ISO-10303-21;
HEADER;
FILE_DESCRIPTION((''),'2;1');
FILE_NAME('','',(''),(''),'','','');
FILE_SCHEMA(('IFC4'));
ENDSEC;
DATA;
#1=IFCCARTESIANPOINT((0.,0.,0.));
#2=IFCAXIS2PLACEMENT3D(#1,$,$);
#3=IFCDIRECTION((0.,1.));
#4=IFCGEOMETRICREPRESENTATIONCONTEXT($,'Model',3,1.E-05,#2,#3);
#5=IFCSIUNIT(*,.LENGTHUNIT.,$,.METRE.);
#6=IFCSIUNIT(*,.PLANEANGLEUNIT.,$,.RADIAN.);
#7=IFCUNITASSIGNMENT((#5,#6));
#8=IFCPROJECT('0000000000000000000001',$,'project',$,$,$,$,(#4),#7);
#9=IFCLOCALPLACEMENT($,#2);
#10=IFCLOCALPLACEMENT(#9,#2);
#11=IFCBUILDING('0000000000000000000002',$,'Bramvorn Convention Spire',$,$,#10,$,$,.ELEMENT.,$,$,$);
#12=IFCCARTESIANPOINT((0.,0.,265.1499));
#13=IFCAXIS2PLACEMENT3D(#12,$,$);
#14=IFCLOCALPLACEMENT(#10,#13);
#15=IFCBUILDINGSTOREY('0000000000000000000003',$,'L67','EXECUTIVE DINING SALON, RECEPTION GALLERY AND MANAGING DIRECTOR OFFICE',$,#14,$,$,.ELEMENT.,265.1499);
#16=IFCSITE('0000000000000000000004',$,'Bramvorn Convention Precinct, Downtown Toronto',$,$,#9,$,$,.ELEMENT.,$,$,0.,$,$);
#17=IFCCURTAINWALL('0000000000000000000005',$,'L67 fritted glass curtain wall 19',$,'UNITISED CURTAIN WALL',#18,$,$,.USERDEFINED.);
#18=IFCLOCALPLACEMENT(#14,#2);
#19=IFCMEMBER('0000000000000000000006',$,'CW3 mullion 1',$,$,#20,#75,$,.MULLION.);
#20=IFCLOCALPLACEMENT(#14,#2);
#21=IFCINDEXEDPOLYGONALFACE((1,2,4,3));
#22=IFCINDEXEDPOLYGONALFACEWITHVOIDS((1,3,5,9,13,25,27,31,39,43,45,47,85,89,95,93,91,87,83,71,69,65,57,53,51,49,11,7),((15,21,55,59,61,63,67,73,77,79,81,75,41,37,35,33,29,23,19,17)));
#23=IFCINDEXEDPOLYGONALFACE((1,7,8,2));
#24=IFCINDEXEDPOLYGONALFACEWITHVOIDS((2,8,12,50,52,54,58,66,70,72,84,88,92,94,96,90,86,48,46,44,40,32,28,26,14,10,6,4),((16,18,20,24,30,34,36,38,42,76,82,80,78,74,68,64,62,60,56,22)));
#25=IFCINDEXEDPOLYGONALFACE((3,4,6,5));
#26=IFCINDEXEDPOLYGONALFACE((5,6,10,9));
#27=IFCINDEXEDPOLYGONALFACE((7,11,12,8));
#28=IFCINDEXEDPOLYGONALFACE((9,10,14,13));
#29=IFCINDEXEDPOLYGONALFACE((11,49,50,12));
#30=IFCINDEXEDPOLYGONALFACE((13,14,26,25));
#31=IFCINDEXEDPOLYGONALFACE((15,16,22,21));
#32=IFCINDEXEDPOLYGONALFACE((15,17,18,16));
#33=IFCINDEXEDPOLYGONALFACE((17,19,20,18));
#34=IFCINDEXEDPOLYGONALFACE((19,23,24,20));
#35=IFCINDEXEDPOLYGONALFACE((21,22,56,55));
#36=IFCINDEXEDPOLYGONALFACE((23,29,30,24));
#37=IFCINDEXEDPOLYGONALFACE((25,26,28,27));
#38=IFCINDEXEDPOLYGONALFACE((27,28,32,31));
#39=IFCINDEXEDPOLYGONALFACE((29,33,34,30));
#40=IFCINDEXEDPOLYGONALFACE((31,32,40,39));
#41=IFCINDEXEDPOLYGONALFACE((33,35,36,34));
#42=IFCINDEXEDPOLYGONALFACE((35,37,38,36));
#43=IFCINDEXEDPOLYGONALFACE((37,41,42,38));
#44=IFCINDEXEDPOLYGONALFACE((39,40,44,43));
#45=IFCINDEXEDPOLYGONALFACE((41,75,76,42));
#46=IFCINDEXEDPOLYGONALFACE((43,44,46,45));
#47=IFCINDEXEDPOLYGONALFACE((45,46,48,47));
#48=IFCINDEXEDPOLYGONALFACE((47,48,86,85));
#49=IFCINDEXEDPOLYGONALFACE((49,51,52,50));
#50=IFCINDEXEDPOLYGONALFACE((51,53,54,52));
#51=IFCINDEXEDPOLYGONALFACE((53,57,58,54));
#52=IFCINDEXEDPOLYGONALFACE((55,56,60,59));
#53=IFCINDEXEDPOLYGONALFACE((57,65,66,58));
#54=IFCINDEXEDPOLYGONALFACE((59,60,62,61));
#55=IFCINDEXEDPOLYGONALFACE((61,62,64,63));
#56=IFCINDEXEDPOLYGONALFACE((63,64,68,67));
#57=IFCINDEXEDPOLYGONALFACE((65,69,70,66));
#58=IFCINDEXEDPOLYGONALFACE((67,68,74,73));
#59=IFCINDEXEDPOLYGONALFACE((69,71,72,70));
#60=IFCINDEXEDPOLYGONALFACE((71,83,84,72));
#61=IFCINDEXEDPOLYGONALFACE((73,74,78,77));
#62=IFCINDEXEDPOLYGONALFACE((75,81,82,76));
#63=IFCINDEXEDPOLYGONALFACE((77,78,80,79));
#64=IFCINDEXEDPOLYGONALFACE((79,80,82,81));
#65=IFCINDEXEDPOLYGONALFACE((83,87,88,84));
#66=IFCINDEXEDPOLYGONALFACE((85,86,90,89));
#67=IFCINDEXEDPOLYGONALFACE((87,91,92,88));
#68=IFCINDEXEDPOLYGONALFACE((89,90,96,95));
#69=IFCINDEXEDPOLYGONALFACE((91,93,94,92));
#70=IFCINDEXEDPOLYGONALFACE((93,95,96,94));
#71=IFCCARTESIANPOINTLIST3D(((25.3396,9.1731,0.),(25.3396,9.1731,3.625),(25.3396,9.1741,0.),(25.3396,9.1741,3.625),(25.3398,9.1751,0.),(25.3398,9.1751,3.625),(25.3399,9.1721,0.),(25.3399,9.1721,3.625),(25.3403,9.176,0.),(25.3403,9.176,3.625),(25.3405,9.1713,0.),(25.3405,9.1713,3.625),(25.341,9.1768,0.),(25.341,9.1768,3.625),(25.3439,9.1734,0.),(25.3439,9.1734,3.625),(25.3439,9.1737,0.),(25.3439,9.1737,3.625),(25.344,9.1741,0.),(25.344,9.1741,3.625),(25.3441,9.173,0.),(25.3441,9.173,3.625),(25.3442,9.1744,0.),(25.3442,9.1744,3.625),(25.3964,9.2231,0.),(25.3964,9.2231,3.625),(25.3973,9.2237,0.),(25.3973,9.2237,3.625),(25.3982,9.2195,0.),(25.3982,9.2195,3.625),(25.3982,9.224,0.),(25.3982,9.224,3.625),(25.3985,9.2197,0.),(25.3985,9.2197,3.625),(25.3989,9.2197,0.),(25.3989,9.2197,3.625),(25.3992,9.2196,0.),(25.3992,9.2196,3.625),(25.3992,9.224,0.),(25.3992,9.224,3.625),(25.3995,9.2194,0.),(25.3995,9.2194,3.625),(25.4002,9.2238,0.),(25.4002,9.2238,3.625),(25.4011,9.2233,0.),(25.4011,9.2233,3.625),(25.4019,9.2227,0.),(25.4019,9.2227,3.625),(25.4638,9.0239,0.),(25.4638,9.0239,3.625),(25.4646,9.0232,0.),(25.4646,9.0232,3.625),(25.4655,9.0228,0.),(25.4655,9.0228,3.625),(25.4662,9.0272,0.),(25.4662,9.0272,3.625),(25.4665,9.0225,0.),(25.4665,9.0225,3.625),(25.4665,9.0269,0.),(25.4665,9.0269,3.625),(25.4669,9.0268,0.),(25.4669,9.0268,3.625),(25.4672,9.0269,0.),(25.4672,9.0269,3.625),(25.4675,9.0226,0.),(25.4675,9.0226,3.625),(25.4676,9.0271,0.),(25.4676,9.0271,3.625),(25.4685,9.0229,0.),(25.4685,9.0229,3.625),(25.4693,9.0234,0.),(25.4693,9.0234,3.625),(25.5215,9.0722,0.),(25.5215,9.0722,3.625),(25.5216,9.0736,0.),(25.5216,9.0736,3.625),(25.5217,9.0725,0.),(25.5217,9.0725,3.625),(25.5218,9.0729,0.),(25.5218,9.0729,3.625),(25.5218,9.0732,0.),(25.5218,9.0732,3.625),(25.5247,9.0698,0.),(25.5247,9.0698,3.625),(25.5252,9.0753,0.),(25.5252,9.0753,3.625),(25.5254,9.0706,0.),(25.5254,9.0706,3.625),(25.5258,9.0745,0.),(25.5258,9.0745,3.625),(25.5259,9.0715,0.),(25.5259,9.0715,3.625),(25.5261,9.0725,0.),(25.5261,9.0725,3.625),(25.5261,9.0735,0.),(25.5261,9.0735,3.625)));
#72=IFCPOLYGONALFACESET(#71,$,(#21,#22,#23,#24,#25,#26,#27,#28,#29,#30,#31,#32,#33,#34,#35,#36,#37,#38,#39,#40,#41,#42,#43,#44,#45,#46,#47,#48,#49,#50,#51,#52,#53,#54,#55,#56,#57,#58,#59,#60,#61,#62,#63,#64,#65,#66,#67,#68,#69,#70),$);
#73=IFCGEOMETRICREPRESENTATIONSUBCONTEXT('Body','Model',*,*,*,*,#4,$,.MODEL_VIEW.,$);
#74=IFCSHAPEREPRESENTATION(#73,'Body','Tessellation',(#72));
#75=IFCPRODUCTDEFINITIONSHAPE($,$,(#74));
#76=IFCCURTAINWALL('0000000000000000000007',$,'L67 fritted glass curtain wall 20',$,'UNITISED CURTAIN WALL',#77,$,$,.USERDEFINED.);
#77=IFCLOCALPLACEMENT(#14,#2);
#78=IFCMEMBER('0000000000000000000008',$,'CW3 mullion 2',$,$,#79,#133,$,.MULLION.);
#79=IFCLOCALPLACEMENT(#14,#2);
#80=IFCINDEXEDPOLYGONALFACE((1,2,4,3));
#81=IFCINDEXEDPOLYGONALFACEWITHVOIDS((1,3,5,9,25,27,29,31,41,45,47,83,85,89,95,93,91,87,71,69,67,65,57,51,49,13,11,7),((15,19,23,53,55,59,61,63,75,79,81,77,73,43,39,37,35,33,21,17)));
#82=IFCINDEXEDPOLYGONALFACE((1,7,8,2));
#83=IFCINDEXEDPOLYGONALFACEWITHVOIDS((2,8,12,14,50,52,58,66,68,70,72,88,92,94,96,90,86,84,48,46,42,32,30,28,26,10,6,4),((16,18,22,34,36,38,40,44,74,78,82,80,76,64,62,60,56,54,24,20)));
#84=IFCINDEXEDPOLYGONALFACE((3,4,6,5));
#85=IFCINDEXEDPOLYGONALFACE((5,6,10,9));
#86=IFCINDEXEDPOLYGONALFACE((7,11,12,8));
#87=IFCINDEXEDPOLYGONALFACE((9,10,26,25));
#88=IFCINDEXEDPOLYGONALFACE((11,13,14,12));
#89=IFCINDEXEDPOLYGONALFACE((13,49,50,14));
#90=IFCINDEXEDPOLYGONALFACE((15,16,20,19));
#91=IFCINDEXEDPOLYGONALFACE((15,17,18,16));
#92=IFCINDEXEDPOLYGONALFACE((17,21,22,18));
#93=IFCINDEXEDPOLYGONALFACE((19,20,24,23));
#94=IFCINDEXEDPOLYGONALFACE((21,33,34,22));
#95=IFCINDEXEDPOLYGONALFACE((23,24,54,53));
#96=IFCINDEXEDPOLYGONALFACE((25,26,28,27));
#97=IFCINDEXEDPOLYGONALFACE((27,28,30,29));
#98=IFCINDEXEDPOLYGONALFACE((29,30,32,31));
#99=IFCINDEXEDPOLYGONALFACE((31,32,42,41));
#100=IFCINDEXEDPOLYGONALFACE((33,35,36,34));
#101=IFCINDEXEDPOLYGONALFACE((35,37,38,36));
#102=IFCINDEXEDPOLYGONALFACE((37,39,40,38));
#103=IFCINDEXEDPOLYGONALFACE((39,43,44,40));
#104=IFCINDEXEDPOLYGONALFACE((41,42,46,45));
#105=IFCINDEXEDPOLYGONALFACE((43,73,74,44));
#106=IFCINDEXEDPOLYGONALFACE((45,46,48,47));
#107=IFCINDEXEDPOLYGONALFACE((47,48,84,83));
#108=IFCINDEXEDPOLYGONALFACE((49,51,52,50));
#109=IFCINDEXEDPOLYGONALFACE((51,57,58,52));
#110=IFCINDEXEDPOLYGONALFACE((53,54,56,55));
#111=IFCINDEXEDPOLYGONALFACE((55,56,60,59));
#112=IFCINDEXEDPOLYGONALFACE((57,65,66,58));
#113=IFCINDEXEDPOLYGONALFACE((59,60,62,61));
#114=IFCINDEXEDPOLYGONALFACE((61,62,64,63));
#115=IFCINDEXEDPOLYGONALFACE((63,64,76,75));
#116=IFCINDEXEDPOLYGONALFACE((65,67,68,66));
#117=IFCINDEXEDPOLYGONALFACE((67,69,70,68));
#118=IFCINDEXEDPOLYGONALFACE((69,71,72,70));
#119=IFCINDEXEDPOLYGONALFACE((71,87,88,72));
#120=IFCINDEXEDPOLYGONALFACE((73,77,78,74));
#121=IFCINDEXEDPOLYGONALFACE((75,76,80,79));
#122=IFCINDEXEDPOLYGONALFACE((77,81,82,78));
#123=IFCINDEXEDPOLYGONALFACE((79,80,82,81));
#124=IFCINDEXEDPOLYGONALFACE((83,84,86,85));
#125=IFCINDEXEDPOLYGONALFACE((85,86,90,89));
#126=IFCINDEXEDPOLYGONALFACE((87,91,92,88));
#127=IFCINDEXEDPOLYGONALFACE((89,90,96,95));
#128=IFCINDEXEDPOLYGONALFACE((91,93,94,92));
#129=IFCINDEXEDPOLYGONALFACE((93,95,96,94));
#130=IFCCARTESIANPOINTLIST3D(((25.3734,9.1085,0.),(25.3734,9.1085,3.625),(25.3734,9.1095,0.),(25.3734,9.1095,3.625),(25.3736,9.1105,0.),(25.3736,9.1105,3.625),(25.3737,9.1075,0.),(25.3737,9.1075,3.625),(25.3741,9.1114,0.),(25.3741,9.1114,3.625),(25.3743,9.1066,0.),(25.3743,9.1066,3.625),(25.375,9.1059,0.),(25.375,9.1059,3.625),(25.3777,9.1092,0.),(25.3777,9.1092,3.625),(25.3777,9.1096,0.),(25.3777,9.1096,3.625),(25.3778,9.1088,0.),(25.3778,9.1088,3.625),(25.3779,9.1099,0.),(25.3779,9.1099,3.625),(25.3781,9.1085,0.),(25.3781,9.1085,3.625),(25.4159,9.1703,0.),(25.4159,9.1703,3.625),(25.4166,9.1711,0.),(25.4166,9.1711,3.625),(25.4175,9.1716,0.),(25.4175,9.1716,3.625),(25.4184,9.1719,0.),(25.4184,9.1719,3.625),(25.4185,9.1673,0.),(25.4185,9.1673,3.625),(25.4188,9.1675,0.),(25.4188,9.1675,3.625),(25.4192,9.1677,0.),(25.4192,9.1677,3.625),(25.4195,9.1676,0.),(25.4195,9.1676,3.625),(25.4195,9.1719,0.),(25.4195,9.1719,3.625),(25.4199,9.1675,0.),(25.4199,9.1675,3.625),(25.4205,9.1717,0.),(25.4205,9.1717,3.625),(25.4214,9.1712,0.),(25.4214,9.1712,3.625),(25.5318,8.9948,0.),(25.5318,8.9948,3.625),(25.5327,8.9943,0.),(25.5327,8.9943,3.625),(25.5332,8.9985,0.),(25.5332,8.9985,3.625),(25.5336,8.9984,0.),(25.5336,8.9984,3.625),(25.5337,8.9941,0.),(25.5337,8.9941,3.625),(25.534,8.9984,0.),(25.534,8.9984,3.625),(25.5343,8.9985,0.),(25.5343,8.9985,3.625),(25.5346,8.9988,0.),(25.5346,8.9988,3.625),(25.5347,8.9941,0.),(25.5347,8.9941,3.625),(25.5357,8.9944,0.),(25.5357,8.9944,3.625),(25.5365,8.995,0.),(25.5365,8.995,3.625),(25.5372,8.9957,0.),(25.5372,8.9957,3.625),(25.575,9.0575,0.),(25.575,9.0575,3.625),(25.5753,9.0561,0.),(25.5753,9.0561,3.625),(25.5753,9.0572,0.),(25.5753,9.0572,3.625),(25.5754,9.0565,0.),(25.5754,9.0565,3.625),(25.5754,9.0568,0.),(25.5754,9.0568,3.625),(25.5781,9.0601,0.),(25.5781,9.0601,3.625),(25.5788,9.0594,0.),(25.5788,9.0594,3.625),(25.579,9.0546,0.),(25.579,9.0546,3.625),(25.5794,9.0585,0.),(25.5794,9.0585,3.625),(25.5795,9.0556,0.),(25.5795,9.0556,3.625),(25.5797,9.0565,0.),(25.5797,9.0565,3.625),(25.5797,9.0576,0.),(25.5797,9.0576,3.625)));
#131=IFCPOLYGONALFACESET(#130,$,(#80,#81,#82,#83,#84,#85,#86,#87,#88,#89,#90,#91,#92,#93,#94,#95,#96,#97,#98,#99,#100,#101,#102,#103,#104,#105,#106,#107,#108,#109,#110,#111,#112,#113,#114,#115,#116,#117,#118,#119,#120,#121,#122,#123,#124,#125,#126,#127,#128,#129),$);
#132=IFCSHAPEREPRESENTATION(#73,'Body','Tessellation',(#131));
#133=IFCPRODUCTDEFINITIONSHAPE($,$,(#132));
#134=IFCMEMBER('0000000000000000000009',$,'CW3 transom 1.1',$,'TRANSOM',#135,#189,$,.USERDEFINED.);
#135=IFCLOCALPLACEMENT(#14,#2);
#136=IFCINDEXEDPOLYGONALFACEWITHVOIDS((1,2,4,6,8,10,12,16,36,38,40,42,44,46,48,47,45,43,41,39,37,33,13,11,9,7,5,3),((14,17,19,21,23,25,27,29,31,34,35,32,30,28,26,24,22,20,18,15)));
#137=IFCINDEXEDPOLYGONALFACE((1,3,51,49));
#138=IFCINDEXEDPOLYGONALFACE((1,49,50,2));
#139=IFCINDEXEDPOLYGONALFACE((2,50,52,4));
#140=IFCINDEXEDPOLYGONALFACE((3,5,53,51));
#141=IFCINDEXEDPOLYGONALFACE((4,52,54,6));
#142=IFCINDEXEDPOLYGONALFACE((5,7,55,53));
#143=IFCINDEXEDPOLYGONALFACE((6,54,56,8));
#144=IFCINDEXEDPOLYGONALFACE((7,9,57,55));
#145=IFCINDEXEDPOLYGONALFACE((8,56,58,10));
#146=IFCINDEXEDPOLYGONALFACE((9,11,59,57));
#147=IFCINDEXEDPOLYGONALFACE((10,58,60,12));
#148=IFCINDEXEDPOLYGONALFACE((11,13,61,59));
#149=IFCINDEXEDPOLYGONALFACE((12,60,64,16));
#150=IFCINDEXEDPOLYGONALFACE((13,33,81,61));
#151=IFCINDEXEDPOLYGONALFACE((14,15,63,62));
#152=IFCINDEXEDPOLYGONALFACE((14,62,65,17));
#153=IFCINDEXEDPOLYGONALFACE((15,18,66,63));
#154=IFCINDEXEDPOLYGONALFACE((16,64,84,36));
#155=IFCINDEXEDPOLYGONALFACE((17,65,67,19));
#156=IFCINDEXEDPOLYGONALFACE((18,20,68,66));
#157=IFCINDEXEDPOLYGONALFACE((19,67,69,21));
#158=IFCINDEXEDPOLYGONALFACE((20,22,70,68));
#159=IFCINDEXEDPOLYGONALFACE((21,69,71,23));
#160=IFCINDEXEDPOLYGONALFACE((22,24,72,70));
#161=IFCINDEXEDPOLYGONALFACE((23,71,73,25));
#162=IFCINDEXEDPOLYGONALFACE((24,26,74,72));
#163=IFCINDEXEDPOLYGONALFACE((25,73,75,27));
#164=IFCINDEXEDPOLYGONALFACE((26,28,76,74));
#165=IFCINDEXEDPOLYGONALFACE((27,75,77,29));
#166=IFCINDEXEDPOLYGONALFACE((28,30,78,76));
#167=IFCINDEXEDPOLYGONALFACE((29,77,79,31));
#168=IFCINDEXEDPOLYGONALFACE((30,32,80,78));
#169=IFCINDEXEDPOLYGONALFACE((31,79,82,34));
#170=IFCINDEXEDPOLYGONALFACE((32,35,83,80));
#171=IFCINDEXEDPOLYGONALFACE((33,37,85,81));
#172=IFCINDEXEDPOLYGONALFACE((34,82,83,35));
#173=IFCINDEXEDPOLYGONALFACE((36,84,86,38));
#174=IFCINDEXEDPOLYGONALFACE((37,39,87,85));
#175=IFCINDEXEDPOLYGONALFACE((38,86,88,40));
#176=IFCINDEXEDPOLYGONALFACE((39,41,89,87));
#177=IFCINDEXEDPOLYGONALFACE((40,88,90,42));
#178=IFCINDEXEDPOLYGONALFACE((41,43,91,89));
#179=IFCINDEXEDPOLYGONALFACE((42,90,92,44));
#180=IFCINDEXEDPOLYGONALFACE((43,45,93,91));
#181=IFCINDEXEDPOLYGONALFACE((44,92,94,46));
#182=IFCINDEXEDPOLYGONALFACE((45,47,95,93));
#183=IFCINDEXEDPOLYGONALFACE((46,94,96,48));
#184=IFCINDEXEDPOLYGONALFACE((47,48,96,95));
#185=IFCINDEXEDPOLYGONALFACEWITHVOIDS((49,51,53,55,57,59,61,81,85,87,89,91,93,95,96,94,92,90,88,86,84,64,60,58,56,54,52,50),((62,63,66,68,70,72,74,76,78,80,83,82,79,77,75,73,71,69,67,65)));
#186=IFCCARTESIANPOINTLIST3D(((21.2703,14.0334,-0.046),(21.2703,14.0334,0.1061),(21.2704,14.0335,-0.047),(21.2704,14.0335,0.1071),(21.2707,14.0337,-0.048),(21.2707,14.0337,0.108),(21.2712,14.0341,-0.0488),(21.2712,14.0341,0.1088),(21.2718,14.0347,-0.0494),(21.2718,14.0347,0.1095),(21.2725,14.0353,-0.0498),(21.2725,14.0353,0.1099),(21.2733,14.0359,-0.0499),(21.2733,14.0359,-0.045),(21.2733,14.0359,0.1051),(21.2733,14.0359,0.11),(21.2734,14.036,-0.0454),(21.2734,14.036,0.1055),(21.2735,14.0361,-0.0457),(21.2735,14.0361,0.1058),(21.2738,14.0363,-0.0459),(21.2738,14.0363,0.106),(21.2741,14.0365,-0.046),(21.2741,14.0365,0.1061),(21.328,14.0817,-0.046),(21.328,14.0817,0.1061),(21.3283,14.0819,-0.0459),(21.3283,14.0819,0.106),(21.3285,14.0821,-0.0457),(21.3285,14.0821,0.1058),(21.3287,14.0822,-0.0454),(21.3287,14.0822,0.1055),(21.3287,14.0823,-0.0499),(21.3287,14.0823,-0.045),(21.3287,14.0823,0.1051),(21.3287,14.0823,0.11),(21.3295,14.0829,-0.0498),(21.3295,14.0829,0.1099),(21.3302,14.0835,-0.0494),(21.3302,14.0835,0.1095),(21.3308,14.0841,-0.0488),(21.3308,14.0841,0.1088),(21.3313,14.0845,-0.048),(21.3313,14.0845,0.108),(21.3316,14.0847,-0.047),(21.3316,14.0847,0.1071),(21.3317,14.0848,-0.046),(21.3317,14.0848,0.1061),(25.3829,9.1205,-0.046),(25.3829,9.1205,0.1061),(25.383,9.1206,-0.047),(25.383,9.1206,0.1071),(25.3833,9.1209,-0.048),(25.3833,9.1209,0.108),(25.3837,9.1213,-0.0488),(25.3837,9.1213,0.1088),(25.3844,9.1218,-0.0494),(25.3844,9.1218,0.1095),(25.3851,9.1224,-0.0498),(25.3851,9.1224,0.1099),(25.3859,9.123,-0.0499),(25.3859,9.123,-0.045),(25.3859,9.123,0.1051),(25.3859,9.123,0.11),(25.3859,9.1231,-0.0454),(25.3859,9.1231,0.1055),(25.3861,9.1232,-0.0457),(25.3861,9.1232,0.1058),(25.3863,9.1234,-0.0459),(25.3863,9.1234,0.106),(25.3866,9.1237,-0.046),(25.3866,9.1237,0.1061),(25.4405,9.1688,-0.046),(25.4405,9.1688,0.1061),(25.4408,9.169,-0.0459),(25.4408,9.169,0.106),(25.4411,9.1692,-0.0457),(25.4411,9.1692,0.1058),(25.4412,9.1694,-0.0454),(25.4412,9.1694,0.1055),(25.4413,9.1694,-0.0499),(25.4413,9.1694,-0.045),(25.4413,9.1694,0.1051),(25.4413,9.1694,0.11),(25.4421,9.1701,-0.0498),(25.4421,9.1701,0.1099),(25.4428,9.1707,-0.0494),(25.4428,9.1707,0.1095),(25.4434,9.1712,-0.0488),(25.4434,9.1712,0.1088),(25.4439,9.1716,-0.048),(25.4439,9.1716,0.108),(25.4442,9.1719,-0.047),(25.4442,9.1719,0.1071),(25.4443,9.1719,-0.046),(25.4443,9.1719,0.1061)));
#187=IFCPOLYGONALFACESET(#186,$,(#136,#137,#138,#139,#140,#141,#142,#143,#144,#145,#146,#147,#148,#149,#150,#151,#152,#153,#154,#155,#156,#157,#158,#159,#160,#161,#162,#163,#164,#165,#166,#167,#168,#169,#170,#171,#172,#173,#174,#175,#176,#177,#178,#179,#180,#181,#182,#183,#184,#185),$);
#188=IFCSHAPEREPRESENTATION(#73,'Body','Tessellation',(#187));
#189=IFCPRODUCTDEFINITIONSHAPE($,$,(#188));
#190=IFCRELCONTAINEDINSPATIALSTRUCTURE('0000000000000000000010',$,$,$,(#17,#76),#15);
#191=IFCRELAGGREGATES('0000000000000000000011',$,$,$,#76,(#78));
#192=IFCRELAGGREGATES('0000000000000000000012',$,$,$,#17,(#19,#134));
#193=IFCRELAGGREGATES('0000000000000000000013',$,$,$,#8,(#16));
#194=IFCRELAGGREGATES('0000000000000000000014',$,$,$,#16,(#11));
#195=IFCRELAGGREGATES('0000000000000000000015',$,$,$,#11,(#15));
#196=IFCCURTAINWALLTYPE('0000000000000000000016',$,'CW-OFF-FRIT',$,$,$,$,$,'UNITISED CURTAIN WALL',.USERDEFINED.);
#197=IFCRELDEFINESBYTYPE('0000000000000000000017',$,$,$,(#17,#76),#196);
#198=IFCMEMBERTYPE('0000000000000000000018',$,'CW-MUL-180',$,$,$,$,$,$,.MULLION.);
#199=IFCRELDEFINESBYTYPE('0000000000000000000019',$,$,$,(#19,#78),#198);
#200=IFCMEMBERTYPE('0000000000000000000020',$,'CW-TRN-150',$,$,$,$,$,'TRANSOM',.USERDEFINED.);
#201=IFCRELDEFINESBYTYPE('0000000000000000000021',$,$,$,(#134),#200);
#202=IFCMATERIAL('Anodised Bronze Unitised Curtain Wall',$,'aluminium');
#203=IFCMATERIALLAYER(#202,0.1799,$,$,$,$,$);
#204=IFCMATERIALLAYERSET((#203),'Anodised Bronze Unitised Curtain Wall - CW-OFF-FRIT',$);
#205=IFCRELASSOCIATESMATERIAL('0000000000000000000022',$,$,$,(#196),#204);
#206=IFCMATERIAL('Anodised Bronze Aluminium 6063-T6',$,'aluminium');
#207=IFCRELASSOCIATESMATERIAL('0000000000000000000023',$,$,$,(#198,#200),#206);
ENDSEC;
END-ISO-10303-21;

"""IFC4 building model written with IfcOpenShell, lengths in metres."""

from ifc_helpers import new_model, si_unit, direction, frame, origin, origin_2d, place, context, subcontext, project, spatial, hollow_rectangle, extrude, material, layer, layer_set, material_profile, profile_set, type_object, element, aggregate, save


model = new_model("IFC4")

# Units and contexts
model_context = context("Model", 3, precision=1e-05, world=origin(), true_north=direction((0.0, 1.0)))
body_context = subcontext(model_context, "Body", "Model", "MODEL_VIEW")
ifc_project = project(units=[si_unit("LENGTHUNIT", "METRE"), si_unit("PLANEANGLEUNIT", "RADIAN")], contexts=[model_context])

# Site, building, storey
site_placement = place(None, origin())
site = spatial("IfcSite", under=ifc_project, at=site_placement, Name="Bramvorn Convention Precinct, Downtown Toronto", CompositionType="ELEMENT", RefElevation=0.0)
building_placement = place(site_placement, origin())
building = spatial("IfcBuilding", under=site, at=building_placement, Name="Bramvorn Convention Spire", CompositionType="ELEMENT")
storey_placement = place(building_placement, frame((0.0, 0.0, 265.1499)))
storey = spatial("IfcBuildingStorey", under=building, at=storey_placement, Name="L67", Description="EXECUTIVE DINING SALON, RECEPTION GALLERY AND MANAGING DIRECTOR OFFICE", CompositionType="ELEMENT", Elevation=265.1499)

# Curtain walls, members
ifc_material_1 = material(Name="Anodised Bronze Unitised Curtain Wall", Category="aluminium")
ifc_layer_1 = layer(ifc_material_1, 0.1799)
ifc_layer_set_1 = layer_set([ifc_layer_1], Name="Anodised Bronze Unitised Curtain Wall - CW-OFF-FRIT")
curtain_wall_type = type_object("IfcCurtainWallType", Name="CW-OFF-FRIT", ElementType="UNITISED CURTAIN WALL", PredefinedType="USERDEFINED", material=ifc_layer_set_1)
curtain_wall_1_placement = place(storey_placement, origin())
curtain_wall_1 = element("IfcCurtainWall", 1, at=curtain_wall_1_placement, inside=storey, type_object=curtain_wall_type, Name="L67 fritted glass curtain wall 19", ObjectType="UNITISED CURTAIN WALL", PredefinedType="USERDEFINED")
ifc_material_2 = material(Name="Anodised Bronze Aluminium 6063-T6", Category="aluminium")
ifc_material_profile_1 = material_profile(ifc_material_2, hollow_rectangle(XDim=0.0801, YDim=0.2, WallThickness=0.0039, InnerFilletRadius=0.001, OuterFilletRadius=0.0039, at=origin_2d()))
ifc_profile_set_1 = profile_set([ifc_material_profile_1], Name="Anodised Bronze Aluminium 6063-T6 - CWM80X200")
member_type_1 = type_object("IfcMemberType", Name="CW-MUL-180", PredefinedType="MULLION", material=ifc_profile_set_1)
member_1_placement = place(storey_placement, frame((25.4329, 9.1233, 0.0), z_axis=(0.0, 0.0, 1.0), x_axis=(-0.766807, -0.641878, 0.0)))
member_1 = element("IfcMember", 2, at=member_1_placement, type_object=member_type_1, Name="CW3 mullion 1", PredefinedType="MULLION", context=body_context, shape_type="SweptSolid", body=[
    extrude(hollow_rectangle(XDim=0.0801, YDim=0.2, WallThickness=0.0039, InnerFilletRadius=0.001, OuterFilletRadius=0.0039, at=origin_2d()), origin(), (0.0, 0.0, 1.0), 3.625),
])
curtain_wall_2_placement = place(storey_placement, origin())
curtain_wall_2 = element("IfcCurtainWall", 3, at=curtain_wall_2_placement, inside=storey, type_object=curtain_wall_type, Name="L67 fritted glass curtain wall 20", ObjectType="UNITISED CURTAIN WALL", PredefinedType="USERDEFINED")
member_2_placement = place(storey_placement, frame((25.4766, 9.083, 0.0), z_axis=(0.0, 0.0, 1.0), x_axis=(-0.578472, -0.815702, 0.0)))
member_2 = element("IfcMember", 4, at=member_2_placement, type_object=member_type_1, Name="CW3 mullion 2", PredefinedType="MULLION", context=body_context, shape_type="SweptSolid", body=[
    extrude(hollow_rectangle(XDim=0.0801, YDim=0.2, WallThickness=0.0039, InnerFilletRadius=0.001, OuterFilletRadius=0.0039, at=origin_2d()), origin(), (0.0, 0.0, 1.0), 3.625),
])
aggregate(curtain_wall_2, [member_2])

# Member
ifc_material_profile_2 = material_profile(ifc_material_2, hollow_rectangle(XDim=0.0801, YDim=0.1599, WallThickness=0.0039, InnerFilletRadius=0.001, OuterFilletRadius=0.0039, at=origin_2d()))
ifc_profile_set_2 = profile_set([ifc_material_profile_2], Name="Anodised Bronze Aluminium 6063-T6 - CWT80X160")
member_type_2 = type_object("IfcMemberType", Name="CW-TRN-150", ElementType="TRANSOM", PredefinedType="USERDEFINED", material=ifc_profile_set_2)
member_3_placement = place(storey_placement, frame((25.4136, 9.1462, 0.03), z_axis=(-0.641888, 0.766798, 0.0), x_axis=(-0.766798, -0.641888, 0.0)))
member_3 = element("IfcMember", 5, at=member_3_placement, type_object=member_type_2, Name="CW3 transom 1.1", ObjectType="TRANSOM", PredefinedType="USERDEFINED", context=body_context, shape_type="SweptSolid", body=[
    extrude(hollow_rectangle(XDim=0.0801, YDim=0.1599, WallThickness=0.0039, InnerFilletRadius=0.001, OuterFilletRadius=0.0039, at=origin_2d()), origin(), (0.0, 0.0, 1.0), 6.407),
])

aggregate(curtain_wall_1, [member_1, member_3])

save(model, "model.ifc")
